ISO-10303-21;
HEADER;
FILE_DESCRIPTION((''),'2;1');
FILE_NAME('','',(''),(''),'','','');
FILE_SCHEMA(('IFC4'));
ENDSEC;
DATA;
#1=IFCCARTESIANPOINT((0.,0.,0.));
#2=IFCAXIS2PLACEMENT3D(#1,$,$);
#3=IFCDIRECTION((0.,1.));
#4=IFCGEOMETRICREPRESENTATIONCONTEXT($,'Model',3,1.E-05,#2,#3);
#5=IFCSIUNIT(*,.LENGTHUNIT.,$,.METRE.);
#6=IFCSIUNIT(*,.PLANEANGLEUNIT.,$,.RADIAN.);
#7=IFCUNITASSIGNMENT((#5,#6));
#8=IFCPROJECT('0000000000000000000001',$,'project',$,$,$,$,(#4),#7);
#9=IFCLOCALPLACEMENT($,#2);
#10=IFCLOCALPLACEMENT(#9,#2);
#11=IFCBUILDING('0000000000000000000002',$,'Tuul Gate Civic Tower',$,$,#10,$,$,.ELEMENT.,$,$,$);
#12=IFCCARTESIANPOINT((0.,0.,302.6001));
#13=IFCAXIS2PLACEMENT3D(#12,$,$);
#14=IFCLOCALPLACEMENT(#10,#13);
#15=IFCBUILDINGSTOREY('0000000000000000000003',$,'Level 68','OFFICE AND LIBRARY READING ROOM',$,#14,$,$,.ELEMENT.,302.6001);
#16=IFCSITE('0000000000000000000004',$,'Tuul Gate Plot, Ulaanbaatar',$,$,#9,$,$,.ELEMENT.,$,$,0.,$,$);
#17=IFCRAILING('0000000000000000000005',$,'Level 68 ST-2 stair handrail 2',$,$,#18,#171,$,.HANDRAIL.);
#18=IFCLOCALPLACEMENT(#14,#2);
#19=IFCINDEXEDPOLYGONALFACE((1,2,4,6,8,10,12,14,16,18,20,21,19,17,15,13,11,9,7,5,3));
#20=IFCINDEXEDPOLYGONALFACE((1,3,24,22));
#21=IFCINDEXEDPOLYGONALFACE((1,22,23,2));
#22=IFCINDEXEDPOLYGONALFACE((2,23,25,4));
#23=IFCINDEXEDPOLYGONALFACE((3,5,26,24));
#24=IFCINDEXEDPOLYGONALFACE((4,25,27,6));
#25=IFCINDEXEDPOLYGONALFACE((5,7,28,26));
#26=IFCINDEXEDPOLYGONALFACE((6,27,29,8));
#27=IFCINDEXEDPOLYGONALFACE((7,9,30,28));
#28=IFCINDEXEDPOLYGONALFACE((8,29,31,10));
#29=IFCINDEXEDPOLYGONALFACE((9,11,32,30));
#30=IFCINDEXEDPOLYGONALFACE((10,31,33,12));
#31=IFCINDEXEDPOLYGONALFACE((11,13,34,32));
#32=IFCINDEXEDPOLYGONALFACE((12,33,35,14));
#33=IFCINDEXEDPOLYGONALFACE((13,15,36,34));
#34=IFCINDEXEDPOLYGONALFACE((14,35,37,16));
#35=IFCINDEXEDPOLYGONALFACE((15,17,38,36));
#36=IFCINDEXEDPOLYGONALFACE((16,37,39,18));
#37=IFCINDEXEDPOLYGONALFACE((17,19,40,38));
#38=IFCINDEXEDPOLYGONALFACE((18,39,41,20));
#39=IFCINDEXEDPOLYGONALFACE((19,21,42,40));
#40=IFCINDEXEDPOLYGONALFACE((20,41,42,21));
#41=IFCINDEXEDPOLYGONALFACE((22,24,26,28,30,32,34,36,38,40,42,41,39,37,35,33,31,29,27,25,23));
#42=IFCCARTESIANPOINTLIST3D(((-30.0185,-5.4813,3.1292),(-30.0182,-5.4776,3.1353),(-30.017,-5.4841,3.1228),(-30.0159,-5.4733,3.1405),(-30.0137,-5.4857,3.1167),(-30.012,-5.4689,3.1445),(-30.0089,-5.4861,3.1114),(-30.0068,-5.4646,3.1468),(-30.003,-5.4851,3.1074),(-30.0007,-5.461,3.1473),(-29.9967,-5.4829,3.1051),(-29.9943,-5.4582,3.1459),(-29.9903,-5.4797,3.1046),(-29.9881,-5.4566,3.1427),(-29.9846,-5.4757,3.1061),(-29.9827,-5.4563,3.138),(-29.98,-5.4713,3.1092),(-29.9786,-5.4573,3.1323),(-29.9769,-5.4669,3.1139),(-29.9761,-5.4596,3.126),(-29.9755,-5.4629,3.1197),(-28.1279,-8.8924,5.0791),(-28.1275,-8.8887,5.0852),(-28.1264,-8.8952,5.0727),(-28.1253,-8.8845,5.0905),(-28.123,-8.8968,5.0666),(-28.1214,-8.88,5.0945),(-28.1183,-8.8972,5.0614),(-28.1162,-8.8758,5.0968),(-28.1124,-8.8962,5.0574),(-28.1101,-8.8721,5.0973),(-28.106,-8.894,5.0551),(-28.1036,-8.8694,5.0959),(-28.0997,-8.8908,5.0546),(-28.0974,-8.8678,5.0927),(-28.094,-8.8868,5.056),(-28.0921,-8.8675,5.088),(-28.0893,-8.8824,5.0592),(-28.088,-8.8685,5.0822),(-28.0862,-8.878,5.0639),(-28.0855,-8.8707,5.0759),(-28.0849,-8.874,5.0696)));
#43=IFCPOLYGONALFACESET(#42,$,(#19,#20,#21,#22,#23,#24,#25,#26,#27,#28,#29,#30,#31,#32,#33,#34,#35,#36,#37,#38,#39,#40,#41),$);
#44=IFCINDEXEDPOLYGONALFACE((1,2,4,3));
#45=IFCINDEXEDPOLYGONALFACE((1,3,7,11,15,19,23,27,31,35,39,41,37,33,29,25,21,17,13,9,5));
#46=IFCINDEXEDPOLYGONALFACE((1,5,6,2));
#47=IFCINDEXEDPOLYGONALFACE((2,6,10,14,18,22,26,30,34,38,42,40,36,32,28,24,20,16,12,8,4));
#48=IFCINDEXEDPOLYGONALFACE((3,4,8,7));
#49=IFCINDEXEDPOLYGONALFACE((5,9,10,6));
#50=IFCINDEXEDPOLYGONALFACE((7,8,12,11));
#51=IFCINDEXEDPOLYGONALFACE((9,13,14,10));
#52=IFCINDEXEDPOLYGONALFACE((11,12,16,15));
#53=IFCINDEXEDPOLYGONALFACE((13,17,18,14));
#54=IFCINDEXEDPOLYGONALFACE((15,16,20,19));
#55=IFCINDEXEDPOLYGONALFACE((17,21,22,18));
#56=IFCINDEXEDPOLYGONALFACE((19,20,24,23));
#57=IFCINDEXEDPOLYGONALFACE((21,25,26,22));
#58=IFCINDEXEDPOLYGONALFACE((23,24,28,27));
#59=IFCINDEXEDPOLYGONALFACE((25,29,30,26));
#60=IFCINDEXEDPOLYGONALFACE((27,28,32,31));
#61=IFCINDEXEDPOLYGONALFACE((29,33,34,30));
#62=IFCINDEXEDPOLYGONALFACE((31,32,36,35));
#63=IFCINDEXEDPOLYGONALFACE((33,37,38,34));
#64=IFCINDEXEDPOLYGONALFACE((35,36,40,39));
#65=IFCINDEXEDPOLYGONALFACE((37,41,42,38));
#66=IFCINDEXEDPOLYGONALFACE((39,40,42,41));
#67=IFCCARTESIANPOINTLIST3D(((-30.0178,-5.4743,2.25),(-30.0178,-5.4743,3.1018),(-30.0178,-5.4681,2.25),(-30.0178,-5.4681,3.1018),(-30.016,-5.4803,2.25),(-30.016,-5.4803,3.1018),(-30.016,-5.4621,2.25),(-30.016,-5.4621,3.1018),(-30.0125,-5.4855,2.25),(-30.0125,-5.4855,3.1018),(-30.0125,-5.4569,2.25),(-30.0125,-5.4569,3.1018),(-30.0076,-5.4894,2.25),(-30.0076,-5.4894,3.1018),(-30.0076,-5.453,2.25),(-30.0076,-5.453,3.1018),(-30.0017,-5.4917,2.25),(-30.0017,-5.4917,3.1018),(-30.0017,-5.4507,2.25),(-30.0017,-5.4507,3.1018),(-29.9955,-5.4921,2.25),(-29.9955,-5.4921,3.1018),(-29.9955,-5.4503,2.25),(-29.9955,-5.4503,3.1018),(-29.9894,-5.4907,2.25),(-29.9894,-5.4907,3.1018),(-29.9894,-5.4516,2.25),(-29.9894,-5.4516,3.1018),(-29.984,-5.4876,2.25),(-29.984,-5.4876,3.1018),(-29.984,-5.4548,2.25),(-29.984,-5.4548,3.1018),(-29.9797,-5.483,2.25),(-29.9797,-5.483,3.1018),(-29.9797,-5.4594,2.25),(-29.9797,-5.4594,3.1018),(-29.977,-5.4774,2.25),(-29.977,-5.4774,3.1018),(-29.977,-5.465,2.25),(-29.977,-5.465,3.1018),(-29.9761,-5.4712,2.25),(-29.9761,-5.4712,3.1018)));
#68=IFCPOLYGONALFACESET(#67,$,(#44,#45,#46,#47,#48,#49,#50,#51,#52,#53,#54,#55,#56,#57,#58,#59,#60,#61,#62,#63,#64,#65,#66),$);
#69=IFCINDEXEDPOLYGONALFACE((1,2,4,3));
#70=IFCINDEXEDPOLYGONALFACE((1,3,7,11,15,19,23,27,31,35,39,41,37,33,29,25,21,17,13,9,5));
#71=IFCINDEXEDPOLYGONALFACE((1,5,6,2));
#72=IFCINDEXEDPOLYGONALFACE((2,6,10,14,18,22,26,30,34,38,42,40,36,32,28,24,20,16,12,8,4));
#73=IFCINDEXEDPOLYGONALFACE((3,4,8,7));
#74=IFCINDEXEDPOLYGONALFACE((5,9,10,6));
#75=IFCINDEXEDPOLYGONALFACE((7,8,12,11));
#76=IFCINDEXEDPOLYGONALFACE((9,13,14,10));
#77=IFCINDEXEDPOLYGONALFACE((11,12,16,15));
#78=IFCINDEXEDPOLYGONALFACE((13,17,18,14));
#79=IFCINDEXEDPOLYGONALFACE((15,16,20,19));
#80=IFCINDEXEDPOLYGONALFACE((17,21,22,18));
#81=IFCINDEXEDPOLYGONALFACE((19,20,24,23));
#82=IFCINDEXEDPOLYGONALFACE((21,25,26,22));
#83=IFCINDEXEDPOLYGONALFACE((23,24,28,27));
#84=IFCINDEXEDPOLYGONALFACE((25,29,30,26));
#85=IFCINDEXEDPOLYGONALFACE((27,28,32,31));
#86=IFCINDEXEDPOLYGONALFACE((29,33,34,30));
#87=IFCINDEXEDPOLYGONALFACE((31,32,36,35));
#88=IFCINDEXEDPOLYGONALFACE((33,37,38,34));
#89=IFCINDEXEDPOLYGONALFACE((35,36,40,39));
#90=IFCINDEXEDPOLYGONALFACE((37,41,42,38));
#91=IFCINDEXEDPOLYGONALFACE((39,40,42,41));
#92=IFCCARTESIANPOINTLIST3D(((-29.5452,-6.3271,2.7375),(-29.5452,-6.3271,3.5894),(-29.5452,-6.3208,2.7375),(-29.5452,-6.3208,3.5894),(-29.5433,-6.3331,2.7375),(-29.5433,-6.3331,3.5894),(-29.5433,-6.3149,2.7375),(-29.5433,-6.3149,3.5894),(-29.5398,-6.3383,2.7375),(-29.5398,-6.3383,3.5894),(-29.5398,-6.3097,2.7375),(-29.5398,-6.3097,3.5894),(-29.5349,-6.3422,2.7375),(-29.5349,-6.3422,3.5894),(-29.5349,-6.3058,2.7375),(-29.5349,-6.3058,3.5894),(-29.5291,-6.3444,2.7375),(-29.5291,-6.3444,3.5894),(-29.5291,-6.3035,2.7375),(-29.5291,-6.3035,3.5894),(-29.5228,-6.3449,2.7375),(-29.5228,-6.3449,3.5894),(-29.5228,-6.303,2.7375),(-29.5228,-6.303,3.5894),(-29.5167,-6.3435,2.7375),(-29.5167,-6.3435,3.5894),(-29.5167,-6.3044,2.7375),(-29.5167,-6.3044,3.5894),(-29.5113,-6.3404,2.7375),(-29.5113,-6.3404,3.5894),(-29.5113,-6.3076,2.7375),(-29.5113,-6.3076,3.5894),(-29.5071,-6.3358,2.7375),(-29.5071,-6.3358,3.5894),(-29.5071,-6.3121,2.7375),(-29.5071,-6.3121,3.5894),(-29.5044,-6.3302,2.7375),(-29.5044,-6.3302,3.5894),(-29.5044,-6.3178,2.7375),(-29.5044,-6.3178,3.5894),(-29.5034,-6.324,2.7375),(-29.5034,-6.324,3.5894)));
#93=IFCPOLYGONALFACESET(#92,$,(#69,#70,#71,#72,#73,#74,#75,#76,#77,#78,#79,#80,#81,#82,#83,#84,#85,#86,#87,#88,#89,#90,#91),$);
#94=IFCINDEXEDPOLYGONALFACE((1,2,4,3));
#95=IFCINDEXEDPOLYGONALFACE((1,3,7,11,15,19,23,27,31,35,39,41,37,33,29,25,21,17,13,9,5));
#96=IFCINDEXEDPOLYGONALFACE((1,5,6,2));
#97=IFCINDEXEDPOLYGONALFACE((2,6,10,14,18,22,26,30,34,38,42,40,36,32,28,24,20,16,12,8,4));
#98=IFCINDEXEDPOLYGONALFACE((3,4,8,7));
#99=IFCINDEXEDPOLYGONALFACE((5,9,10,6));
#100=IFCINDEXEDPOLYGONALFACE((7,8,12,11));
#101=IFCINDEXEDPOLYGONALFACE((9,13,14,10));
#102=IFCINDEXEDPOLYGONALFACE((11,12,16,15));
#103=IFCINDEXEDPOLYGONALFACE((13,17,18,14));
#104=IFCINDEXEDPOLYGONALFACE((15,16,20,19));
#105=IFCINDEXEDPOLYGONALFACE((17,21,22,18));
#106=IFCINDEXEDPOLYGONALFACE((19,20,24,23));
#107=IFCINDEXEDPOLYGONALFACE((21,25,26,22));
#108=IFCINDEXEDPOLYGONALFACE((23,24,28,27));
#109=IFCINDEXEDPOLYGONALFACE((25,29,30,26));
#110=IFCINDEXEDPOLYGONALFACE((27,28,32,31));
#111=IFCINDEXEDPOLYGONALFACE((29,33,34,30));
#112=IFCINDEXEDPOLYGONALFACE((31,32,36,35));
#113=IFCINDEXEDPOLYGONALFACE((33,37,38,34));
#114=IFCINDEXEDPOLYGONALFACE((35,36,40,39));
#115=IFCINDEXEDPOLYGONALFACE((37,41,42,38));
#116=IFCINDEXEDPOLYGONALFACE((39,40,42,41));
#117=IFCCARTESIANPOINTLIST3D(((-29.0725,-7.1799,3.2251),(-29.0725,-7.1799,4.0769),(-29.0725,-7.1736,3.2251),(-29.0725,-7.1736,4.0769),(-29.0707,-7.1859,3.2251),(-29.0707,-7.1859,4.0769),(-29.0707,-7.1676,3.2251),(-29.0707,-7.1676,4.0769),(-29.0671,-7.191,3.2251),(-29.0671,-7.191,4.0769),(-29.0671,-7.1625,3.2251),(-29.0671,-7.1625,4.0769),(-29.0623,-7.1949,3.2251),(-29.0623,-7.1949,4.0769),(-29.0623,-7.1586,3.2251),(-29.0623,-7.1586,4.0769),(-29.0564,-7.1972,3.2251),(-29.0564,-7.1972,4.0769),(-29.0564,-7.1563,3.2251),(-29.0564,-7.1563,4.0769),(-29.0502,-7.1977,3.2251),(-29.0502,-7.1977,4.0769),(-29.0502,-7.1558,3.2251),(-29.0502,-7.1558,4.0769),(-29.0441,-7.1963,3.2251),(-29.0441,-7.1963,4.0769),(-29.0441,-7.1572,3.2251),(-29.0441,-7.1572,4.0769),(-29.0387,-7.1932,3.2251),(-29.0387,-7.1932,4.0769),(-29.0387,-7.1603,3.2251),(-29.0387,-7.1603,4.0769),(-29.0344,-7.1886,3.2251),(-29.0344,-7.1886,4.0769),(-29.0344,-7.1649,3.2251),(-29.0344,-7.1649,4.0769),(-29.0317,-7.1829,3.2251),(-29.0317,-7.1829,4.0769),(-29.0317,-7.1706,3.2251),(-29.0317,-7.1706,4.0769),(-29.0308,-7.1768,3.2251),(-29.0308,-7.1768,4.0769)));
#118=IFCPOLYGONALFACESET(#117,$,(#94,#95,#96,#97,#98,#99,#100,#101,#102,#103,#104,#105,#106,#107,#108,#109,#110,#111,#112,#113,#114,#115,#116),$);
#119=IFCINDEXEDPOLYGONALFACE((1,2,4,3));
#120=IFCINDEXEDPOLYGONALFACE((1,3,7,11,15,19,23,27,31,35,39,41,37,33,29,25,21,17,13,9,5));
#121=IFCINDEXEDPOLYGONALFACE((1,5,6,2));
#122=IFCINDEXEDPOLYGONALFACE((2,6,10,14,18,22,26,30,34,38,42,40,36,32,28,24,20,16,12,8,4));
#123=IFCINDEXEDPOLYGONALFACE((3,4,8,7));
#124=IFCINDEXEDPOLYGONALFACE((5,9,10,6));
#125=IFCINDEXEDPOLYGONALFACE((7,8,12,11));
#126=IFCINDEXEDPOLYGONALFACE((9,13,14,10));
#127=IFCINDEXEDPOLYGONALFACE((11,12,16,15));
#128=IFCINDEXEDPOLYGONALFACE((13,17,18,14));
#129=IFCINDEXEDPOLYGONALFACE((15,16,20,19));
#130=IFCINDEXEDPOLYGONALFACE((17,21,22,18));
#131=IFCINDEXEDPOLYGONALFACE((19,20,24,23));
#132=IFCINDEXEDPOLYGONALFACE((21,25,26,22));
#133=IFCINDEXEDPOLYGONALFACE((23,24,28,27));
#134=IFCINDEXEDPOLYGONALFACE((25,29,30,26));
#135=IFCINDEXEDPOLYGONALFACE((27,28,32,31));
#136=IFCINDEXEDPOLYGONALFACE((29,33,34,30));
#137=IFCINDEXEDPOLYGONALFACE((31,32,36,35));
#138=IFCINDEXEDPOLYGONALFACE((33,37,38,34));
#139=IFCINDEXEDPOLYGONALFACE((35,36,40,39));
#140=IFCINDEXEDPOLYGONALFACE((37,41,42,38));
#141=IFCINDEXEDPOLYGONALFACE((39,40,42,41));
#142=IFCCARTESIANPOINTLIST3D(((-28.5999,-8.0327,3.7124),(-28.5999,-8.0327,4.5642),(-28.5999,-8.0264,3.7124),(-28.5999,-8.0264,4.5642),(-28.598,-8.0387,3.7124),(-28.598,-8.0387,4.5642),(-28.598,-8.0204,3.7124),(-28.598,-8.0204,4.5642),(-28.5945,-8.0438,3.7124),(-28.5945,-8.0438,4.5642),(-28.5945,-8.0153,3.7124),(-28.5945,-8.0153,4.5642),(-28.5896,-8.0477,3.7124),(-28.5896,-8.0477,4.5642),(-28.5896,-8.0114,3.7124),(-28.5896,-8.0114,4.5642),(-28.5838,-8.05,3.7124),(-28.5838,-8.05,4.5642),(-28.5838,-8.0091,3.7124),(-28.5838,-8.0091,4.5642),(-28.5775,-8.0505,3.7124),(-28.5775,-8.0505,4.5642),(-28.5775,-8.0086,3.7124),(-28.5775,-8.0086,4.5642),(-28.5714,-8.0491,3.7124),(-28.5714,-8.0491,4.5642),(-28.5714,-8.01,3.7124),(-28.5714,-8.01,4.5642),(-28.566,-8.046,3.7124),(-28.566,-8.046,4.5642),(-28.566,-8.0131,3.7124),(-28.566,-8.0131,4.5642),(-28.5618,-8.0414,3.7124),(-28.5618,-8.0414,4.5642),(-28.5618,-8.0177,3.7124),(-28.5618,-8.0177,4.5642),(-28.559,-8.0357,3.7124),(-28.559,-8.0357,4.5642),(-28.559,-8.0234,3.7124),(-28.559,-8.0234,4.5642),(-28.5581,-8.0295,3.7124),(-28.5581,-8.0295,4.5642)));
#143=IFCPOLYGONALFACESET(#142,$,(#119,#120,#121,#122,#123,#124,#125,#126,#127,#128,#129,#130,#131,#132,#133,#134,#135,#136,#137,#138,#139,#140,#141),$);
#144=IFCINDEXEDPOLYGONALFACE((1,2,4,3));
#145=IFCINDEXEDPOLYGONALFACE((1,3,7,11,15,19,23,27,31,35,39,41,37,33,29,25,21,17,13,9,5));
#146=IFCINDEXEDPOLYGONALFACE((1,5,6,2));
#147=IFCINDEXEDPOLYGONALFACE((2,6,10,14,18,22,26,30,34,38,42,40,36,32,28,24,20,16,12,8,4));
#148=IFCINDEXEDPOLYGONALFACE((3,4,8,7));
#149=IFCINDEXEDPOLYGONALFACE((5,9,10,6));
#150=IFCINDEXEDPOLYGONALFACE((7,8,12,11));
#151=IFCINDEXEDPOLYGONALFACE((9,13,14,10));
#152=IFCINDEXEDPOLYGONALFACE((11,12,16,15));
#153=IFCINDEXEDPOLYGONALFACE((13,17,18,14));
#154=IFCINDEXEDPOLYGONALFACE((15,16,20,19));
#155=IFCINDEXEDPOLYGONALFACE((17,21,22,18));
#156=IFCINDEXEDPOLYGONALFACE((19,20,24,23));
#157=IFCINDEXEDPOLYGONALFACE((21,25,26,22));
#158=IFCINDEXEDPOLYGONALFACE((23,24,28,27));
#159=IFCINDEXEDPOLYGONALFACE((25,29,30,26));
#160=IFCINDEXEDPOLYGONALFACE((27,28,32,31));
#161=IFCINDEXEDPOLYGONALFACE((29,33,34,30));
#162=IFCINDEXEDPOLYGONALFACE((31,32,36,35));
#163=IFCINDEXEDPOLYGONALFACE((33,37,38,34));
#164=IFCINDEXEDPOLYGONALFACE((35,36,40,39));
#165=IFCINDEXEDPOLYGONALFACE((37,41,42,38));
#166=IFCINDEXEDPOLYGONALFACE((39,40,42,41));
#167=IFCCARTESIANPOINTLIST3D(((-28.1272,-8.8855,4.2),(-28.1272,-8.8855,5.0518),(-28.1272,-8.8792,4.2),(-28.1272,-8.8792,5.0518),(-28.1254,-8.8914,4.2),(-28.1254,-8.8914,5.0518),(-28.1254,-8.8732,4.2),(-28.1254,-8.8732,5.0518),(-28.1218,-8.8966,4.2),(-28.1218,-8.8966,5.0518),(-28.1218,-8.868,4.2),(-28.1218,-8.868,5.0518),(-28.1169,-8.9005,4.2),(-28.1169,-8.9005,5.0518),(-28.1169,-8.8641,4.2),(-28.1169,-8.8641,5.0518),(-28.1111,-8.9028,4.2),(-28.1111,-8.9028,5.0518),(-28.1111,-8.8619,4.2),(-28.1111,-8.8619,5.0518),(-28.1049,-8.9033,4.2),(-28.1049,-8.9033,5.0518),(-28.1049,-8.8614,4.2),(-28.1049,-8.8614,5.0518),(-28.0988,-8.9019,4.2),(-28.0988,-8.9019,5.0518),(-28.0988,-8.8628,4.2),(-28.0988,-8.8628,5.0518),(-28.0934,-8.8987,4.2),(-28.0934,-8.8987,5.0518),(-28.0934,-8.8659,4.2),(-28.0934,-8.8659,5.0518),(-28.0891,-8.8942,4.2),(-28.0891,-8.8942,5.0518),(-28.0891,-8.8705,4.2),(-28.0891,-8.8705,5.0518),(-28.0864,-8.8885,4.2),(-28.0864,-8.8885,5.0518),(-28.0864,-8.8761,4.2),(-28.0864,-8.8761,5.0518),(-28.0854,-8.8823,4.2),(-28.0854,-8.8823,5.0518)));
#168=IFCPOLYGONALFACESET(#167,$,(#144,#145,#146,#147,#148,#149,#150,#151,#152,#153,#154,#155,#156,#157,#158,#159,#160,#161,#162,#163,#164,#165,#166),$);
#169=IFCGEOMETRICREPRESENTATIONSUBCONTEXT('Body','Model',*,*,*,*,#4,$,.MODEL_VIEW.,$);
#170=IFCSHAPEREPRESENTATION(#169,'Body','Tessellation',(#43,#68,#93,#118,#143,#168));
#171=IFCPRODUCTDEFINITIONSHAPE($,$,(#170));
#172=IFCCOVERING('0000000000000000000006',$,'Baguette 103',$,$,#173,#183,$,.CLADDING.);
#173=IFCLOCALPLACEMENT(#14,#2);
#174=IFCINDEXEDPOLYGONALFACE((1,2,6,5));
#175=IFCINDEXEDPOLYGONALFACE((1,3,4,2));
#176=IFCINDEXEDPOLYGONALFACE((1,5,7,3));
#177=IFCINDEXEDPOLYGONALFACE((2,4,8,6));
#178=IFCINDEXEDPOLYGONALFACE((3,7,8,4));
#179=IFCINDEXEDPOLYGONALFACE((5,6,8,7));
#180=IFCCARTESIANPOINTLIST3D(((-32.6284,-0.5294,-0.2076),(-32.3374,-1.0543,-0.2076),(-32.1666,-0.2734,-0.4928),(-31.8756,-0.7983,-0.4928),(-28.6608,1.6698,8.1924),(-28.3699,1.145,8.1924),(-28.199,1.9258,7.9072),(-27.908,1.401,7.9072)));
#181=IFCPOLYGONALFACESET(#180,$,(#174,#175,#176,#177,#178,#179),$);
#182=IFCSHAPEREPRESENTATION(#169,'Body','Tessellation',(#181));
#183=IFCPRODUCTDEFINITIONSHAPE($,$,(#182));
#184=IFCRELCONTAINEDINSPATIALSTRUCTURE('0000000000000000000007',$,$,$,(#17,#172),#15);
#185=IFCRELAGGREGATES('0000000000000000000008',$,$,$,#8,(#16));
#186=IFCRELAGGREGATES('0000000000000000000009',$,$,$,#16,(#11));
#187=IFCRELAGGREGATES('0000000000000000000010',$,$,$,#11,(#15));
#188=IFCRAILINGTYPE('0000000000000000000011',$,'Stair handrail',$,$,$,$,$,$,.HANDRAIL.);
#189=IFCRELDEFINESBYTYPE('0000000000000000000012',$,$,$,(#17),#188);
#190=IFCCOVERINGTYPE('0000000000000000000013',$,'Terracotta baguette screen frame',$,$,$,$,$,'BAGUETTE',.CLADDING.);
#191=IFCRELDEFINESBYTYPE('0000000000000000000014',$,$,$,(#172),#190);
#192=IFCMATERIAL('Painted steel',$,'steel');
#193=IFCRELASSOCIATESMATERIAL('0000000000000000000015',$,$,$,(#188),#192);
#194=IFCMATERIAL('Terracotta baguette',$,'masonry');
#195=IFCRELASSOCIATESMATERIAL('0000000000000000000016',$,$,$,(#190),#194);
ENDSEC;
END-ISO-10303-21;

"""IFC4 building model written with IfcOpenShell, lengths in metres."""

from ifc_helpers import new_model, si_unit, direction, frame, origin, origin_2d, place, context, subcontext, project, spatial, rectangle, circle, extrude, material, material_profile, profile_set, type_object, element, save


model = new_model("IFC4")

# Units and contexts
model_context = context("Model", 3, precision=1e-05, world=origin(), true_north=direction((0.0, 1.0)))
body_context = subcontext(model_context, "Body", "Model", "MODEL_VIEW")
ifc_project = project(units=[si_unit("LENGTHUNIT", "METRE"), si_unit("PLANEANGLEUNIT", "RADIAN")], contexts=[model_context])

# Site, building, storey
site_placement = place(None, origin())
site = spatial("IfcSite", under=ifc_project, at=site_placement, Name="Tuul Gate Plot, Ulaanbaatar", CompositionType="ELEMENT", RefElevation=0.0)
building_placement = place(site_placement, origin())
building = spatial("IfcBuilding", under=site, at=building_placement, Name="Tuul Gate Civic Tower", CompositionType="ELEMENT")
storey_placement = place(building_placement, frame((0.0, 0.0, 302.6001)))
storey = spatial("IfcBuildingStorey", under=building, at=storey_placement, Name="Level 68", Description="OFFICE AND LIBRARY READING ROOM", CompositionType="ELEMENT", Elevation=302.6001)

# Railing
ifc_material_1 = material(Name="Painted steel", Category="steel")
railing_type_1 = type_object("IfcRailingType", Name="Stair handrail", PredefinedType="HANDRAIL", material=ifc_material_1)
railing_1_placement = place(storey_placement, frame((-29.9971, -5.4712, 2.25)))
element("IfcRailing", 1, at=railing_1_placement, inside=storey, type_object=railing_type_1, Name="Level 68 ST-2 stair handrail 2", PredefinedType="HANDRAIL", context=body_context, shape_type="SweptSolid", body=[
    extrude(circle(Radius=0.0239, at=origin_2d()), frame((0.0, 0.0, 0.876), z_axis=(0.433595, -0.782308, 0.447201), x_axis=(0.874641, 0.484771, 0.0)), (0.0, 0.0, 1.0), 4.3604),
    extrude(circle(Radius=0.021, at=origin_2d()), origin(), (0.0, 0.0, 1.0), 0.8518),
    extrude(circle(Radius=0.021, at=origin_2d()), frame((0.4727, -0.8528, 0.4875)), (0.0, 0.0, 1.0), 0.8518),
    extrude(circle(Radius=0.021, at=origin_2d()), frame((0.9453, -1.7056, 0.9751)), (0.0, 0.0, 1.0), 0.8518),
    extrude(circle(Radius=0.021, at=origin_2d()), frame((1.418, -2.5583, 1.4624)), (0.0, 0.0, 1.0), 0.8518),
    extrude(circle(Radius=0.021, at=origin_2d()), frame((1.8906, -3.4111, 1.95)), (0.0, 0.0, 1.0), 0.8518),
])

# Covering
ifc_material_2 = material(Name="Terracotta baguette", Category="masonry")
ifc_material_profile = material_profile(ifc_material_2, rectangle(XDim=0.6001, YDim=0.6001, at=origin_2d()), Name="Terracotta baguette screen frame")
ifc_profile_set = profile_set([ifc_material_profile], Name="Terracotta baguette")
covering_type = type_object("IfcCoveringType", Name="Terracotta baguette screen frame", ElementType="BAGUETTE", PredefinedType="CLADDING", material=ifc_profile_set)
covering_placement = place(storey_placement, frame((-28.2844, 1.5354, 8.0498), z_axis=(-0.415599, -0.230368, -0.879891), x_axis=(0.484806, -0.874621, 0.0)))
element("IfcCovering", 2, at=covering_placement, inside=storey, type_object=covering_type, Name="Baguette 103", PredefinedType="CLADDING", context=body_context, shape_type="SweptSolid", body=[
    extrude(rectangle(XDim=0.6001, YDim=0.6001, at=origin_2d()), origin(), (0.0, 0.0, 1.0), 9.5466),
])

save(model, "model.ifc")
